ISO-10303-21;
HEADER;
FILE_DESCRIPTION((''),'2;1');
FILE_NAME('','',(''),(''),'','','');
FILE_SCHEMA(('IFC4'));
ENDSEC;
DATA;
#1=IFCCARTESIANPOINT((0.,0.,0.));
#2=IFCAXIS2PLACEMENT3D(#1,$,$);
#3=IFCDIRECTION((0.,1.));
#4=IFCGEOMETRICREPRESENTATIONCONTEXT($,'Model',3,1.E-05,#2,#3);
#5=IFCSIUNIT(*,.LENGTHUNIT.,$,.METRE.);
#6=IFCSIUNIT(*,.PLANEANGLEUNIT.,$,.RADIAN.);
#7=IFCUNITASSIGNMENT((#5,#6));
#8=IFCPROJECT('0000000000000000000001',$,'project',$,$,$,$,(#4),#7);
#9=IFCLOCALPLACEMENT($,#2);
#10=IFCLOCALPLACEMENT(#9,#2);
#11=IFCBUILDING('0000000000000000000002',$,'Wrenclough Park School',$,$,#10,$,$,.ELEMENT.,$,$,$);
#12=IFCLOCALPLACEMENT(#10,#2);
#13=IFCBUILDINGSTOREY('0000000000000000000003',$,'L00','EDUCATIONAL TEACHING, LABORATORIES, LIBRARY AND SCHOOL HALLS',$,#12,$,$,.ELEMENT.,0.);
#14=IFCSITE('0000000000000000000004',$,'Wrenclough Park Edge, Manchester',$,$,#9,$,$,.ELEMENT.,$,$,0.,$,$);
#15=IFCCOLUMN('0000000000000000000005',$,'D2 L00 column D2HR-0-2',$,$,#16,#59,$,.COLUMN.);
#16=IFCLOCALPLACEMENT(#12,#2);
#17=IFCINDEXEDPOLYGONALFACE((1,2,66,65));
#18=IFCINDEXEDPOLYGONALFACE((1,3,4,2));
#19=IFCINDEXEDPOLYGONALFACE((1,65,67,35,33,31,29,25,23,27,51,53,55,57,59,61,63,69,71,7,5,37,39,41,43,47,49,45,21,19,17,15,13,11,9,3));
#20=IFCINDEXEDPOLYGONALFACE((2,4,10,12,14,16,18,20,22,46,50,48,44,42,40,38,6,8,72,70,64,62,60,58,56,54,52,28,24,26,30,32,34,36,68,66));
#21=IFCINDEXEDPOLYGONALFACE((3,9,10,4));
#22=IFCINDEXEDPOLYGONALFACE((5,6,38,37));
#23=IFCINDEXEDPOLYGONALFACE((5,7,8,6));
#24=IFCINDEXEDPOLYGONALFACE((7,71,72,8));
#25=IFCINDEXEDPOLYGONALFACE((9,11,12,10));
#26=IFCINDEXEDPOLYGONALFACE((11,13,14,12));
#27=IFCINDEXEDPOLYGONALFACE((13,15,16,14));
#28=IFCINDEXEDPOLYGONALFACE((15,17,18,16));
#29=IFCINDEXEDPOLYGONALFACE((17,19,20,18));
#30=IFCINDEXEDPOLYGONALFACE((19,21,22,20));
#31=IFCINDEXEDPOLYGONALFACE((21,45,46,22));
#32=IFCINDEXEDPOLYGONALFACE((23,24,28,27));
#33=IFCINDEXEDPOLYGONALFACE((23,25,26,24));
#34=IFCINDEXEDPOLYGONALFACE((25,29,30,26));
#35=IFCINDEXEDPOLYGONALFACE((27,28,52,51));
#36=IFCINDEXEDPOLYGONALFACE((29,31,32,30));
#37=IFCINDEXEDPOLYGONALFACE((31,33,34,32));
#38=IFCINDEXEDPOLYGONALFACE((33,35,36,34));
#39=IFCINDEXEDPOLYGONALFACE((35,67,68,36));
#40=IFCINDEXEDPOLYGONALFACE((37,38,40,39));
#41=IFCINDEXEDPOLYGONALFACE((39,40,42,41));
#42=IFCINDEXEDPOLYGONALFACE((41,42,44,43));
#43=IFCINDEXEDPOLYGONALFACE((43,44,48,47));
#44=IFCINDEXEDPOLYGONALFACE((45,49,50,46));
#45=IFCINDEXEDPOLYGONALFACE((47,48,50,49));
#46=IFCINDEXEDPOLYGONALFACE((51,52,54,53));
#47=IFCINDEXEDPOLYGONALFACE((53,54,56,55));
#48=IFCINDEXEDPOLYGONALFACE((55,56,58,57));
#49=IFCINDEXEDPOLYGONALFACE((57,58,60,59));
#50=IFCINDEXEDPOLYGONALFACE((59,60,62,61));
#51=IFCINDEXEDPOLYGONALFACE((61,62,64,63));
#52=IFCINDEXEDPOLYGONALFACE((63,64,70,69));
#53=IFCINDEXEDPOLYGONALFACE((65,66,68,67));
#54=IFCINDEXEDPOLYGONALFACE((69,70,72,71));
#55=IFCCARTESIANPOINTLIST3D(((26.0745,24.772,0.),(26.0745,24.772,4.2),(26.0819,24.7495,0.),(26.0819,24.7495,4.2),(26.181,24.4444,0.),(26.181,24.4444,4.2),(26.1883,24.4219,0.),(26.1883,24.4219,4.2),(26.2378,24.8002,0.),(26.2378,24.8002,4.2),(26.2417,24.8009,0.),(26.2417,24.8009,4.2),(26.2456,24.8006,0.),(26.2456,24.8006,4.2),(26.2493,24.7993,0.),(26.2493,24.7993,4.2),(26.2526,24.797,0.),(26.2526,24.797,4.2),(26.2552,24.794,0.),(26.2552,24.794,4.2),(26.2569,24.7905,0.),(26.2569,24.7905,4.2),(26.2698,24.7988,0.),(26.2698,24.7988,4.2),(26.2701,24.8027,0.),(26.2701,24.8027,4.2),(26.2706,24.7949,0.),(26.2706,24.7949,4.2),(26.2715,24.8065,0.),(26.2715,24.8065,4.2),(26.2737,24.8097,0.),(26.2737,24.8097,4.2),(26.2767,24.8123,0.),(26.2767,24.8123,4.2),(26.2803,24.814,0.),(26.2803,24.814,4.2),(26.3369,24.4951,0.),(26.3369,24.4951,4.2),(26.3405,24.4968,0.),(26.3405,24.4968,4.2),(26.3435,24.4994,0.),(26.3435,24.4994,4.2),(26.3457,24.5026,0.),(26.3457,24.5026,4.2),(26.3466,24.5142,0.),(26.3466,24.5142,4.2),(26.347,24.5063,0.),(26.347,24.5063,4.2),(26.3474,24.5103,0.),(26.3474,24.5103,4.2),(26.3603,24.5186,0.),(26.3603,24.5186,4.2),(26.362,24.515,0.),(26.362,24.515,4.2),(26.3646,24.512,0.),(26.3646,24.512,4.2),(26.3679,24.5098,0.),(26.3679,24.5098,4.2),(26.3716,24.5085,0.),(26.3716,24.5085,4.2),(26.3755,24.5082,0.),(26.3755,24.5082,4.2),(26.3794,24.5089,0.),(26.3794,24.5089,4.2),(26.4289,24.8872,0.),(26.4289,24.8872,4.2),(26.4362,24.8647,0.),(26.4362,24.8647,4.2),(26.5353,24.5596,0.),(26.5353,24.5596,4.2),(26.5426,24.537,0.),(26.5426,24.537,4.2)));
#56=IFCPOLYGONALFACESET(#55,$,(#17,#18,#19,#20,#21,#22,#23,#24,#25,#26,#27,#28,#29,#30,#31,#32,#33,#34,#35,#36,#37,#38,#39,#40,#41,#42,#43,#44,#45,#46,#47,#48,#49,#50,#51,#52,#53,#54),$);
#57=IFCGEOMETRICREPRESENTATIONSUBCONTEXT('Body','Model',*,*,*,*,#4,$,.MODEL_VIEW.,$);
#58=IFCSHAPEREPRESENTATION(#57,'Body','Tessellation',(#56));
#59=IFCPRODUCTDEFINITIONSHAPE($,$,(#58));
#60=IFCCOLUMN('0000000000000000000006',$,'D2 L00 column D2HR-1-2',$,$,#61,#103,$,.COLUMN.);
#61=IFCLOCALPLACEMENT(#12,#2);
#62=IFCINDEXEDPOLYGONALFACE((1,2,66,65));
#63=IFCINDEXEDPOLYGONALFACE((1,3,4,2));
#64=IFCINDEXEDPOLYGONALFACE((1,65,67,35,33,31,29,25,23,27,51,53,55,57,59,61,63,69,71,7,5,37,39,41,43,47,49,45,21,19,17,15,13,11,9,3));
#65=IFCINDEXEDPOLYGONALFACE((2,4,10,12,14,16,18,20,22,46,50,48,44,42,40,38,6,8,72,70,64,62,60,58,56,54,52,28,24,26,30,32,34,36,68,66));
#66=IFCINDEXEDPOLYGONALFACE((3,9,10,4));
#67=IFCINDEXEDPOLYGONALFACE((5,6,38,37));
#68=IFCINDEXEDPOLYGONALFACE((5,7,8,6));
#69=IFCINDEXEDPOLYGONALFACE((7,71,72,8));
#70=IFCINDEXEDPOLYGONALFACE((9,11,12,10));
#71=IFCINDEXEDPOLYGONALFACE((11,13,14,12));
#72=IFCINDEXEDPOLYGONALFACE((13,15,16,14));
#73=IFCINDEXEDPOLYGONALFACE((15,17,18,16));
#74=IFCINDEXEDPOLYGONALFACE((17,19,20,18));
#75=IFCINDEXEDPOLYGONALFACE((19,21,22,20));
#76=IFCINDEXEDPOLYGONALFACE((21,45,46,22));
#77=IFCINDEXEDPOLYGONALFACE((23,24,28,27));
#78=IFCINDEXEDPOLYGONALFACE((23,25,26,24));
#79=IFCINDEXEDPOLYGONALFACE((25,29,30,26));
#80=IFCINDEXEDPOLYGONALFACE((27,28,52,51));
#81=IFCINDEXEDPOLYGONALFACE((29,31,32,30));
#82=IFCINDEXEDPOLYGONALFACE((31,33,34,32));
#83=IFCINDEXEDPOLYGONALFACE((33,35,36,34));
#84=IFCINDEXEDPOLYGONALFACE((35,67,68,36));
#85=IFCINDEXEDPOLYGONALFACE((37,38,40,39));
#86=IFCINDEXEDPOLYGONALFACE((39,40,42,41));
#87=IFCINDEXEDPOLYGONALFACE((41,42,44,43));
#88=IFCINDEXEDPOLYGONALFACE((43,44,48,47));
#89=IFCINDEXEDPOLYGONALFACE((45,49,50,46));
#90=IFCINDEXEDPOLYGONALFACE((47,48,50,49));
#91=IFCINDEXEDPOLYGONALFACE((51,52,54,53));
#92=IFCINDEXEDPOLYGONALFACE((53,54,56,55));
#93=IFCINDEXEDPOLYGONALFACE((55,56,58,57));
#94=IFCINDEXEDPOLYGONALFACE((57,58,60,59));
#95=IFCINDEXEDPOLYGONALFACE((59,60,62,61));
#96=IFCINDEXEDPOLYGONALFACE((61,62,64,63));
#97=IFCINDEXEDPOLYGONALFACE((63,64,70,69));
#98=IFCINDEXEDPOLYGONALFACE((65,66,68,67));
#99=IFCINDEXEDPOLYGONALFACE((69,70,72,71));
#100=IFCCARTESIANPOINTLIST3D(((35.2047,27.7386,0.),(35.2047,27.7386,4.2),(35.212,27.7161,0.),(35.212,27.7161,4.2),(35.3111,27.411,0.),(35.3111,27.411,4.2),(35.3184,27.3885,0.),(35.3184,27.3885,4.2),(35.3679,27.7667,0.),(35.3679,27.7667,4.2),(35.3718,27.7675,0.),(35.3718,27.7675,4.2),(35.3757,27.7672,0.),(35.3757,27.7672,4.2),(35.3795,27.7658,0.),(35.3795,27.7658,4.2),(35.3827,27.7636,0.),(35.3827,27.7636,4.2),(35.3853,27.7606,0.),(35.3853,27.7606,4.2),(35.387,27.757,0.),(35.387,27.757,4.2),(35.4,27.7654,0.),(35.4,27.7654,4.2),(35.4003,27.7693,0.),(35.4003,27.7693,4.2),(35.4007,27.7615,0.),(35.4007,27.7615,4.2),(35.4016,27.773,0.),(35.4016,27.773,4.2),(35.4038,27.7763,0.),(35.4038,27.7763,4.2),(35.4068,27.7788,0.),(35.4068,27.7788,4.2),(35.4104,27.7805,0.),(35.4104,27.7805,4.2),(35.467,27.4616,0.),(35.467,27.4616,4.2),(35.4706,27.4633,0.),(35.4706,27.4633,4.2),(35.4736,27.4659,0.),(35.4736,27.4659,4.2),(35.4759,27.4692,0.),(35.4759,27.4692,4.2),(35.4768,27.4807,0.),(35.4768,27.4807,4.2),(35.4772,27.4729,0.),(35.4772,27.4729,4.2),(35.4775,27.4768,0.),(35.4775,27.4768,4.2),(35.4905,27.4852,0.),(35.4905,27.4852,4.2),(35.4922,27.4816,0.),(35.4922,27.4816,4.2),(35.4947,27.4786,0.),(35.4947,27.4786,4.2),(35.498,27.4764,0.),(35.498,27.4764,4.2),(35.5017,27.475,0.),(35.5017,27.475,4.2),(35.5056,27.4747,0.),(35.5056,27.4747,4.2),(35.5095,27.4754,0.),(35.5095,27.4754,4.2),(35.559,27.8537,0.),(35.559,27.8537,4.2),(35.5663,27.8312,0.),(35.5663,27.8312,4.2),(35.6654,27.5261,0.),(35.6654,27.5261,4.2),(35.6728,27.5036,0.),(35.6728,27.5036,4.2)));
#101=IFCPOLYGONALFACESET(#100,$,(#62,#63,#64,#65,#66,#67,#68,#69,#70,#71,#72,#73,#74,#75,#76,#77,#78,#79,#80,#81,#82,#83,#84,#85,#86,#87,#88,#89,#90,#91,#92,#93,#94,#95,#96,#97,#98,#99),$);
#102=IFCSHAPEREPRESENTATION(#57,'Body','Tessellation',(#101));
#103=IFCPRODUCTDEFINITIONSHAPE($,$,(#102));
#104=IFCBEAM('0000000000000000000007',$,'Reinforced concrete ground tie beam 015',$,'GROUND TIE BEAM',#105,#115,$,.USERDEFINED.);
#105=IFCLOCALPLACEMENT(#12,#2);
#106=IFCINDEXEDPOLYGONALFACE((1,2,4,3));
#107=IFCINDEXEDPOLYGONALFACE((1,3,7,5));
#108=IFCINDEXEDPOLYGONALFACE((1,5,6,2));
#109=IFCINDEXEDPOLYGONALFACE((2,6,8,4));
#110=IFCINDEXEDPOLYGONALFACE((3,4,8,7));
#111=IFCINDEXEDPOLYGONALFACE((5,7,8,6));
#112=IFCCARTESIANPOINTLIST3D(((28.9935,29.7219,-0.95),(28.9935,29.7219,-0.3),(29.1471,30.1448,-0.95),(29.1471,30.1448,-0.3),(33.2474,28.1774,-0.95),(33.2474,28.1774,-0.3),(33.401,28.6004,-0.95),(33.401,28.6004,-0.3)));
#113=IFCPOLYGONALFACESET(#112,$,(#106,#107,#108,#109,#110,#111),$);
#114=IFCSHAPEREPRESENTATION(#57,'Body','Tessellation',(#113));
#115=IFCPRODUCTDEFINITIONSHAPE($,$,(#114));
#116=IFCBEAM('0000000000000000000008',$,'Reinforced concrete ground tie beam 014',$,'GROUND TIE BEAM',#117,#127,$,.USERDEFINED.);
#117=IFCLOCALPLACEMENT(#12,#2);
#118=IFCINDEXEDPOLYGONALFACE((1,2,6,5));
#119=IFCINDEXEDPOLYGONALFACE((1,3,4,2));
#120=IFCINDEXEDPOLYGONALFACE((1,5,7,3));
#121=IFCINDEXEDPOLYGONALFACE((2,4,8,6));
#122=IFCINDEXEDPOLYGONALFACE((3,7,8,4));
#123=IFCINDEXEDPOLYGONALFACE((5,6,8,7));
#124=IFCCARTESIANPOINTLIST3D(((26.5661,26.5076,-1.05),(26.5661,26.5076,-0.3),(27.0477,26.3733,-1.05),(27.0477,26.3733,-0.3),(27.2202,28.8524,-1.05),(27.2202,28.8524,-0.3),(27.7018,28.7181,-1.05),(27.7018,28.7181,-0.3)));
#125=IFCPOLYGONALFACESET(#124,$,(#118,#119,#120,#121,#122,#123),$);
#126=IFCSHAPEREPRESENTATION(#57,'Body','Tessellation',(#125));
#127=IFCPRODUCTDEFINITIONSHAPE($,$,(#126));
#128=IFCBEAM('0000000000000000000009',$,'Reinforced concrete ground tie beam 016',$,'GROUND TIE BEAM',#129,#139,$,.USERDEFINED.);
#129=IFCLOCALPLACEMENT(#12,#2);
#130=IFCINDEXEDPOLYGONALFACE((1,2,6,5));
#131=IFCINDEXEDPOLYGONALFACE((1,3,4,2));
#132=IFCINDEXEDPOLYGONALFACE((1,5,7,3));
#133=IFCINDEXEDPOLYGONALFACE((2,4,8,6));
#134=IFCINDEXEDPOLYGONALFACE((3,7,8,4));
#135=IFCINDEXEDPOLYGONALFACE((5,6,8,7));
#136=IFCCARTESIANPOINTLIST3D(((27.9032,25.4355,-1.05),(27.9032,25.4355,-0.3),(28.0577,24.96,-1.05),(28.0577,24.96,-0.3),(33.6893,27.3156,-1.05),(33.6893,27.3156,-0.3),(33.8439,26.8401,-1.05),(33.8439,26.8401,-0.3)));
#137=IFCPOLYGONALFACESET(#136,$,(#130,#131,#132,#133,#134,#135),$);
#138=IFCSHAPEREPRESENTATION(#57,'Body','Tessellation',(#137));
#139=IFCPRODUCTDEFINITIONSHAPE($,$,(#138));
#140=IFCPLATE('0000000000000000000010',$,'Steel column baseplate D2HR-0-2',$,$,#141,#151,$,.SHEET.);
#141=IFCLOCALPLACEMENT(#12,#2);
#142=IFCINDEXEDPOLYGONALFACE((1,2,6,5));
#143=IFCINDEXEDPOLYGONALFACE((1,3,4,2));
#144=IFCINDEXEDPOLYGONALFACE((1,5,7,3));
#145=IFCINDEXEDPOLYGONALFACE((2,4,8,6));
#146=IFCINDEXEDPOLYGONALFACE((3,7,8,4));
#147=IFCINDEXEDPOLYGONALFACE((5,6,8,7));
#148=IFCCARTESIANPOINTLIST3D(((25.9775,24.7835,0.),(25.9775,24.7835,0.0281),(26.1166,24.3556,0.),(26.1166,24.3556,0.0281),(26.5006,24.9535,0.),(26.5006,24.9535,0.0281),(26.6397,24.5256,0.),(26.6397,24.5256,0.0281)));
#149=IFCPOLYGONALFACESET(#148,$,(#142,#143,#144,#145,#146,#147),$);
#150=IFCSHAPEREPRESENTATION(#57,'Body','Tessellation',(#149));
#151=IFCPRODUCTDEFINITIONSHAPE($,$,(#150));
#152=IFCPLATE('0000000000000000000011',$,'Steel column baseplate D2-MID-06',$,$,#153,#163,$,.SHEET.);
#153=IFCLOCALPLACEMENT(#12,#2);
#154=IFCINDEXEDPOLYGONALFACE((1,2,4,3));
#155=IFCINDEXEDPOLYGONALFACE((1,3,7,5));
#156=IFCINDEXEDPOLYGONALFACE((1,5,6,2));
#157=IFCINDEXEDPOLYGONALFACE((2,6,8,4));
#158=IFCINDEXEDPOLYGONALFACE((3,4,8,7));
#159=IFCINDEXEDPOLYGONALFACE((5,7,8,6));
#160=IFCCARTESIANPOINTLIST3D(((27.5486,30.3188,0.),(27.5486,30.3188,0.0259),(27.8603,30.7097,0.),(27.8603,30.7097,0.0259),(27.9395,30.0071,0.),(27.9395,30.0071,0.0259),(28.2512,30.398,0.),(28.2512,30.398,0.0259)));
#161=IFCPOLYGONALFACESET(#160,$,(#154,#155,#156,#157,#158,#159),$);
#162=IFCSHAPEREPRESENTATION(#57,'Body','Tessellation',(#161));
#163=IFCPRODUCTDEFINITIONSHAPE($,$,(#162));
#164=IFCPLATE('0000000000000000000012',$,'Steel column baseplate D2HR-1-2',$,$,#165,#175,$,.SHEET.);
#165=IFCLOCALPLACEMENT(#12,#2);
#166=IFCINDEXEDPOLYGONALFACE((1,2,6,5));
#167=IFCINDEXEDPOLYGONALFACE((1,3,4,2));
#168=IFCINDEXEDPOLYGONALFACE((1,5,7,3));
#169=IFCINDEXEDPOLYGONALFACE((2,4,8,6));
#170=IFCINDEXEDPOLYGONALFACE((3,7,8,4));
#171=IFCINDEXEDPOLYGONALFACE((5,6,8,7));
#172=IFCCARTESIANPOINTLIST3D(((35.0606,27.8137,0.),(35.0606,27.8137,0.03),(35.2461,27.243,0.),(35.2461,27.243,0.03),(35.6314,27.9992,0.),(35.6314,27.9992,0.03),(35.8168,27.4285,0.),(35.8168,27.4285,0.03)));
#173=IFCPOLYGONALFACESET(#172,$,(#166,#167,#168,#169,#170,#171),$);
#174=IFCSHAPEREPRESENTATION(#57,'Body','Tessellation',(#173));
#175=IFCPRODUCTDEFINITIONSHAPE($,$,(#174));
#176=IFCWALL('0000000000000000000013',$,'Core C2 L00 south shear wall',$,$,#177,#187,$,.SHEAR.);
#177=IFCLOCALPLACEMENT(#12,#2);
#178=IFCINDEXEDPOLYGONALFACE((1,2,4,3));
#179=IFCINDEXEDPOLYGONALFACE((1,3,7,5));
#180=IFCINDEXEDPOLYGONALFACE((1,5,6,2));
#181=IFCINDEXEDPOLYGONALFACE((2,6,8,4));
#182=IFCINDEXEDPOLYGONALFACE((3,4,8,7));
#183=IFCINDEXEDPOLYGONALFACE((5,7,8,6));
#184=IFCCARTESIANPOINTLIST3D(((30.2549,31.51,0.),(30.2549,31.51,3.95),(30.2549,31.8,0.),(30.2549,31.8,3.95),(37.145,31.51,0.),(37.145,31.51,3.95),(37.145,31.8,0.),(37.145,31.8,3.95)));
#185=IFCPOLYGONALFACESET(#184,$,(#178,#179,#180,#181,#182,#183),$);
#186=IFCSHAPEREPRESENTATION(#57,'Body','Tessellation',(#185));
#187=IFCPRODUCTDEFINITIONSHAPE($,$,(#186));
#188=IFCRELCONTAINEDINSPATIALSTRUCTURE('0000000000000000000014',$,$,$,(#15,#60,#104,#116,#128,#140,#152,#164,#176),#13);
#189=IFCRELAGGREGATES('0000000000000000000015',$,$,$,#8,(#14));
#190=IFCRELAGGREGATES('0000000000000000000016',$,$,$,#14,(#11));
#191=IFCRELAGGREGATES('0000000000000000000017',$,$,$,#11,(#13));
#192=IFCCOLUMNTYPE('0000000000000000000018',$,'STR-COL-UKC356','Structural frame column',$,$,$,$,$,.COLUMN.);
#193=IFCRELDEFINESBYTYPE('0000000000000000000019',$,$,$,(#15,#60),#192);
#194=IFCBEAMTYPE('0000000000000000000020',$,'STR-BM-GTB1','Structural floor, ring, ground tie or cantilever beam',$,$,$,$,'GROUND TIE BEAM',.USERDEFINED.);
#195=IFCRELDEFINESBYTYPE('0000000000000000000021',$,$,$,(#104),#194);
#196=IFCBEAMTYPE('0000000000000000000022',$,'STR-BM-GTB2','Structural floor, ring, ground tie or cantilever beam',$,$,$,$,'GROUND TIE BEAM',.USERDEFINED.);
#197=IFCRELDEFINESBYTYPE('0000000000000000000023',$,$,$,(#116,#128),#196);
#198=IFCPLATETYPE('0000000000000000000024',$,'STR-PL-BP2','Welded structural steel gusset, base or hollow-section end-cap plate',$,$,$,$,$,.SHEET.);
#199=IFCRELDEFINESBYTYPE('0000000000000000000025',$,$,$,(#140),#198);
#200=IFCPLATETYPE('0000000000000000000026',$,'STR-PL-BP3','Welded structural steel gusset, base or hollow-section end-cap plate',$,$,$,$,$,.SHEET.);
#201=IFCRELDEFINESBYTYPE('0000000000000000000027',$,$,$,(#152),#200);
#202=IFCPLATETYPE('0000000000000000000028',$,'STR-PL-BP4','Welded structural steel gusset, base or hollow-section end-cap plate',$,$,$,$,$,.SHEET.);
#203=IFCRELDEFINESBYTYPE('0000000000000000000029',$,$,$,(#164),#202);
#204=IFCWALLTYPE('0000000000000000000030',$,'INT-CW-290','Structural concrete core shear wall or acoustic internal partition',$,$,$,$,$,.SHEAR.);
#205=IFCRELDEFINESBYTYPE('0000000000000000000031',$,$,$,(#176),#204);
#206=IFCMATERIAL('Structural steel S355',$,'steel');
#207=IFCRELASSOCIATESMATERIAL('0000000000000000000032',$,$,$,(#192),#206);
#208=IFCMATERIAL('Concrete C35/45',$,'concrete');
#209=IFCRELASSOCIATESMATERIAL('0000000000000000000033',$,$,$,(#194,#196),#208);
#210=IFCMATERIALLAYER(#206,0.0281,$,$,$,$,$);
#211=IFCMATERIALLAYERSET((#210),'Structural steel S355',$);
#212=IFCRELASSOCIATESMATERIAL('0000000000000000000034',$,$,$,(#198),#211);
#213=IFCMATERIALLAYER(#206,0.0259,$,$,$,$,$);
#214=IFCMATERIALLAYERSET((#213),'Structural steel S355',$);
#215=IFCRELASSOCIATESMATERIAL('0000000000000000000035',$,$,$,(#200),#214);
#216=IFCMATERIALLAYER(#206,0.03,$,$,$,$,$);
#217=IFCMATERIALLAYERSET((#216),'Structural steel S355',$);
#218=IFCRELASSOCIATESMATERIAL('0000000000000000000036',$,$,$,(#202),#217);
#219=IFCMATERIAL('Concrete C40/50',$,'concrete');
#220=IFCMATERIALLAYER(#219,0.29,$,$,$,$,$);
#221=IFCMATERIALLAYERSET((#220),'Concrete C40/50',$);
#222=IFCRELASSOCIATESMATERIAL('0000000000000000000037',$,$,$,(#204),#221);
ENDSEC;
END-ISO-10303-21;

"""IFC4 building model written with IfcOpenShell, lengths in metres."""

from ifc_helpers import new_model, si_unit, direction, frame, frame_2d, origin, origin_2d, place, context, subcontext, project, spatial, rectangle, i_section, extrude, material, layer, layer_set, material_profile, profile_set, type_object, element, save


model = new_model("IFC4")

# Units and contexts
model_context = context("Model", 3, precision=1e-05, world=origin(), true_north=direction((0.0, 1.0)))
body_context = subcontext(model_context, "Body", "Model", "MODEL_VIEW")
ifc_project = project(units=[si_unit("LENGTHUNIT", "METRE"), si_unit("PLANEANGLEUNIT", "RADIAN")], contexts=[model_context])

# Site, building, storey
site_placement = place(None, origin())
site = spatial("IfcSite", under=ifc_project, at=site_placement, Name="Wrenclough Park Edge, Manchester", CompositionType="ELEMENT", RefElevation=0.0)
building_placement = place(site_placement, origin())
building = spatial("IfcBuilding", under=site, at=building_placement, Name="Wrenclough Park School", CompositionType="ELEMENT")
storey_placement = place(building_placement, origin())
storey = spatial("IfcBuildingStorey", under=building, at=storey_placement, Name="L00", Description="EDUCATIONAL TEACHING, LABORATORIES, LIBRARY AND SCHOOL HALLS", CompositionType="ELEMENT", Elevation=0.0)

# Shared definitions
ifc_material_1 = material(Name="Concrete C35/45", Category="concrete")

# Columns
ifc_material_2 = material(Name="Structural steel S355", Category="steel")
ifc_material_profile_1 = material_profile(ifc_material_2, i_section(OverallWidth=0.3726, OverallDepth=0.3682, WebThickness=0.0144, FlangeThickness=0.0237, FilletRadius=0.0151, at=origin_2d()), Name="UKC 356x368x177")
ifc_profile_set_1 = profile_set([ifc_material_profile_1], Name="Structural steel S355")
column_type_1 = type_object("IfcColumnType", Name="STR-COL-UKC356", Description="Structural frame column", PredefinedType="COLUMN", material=ifc_profile_set_1)
for number, where, z_axis, x_axis, name in (
    (1, (26.3086, 24.6545, 0.0), (0.0, 0.0, 1.0), (0.951057, 0.309017, 0.0), "D2 L00 column D2HR-0-2"),
    (2, (35.4387, 27.6211, 0.0), (0.0, 0.0, 1.0), (0.951057, 0.309017, 0.0), "D2 L00 column D2HR-1-2"),
):
    element("IfcColumn", number, at=place(storey_placement, frame(where, z_axis=z_axis, x_axis=x_axis)), inside=storey, type_object=column_type_1, Name=name, PredefinedType="COLUMN", context=body_context, shape_type="SweptSolid", body=[
        extrude(i_section(OverallWidth=0.3726, OverallDepth=0.3682, WebThickness=0.0144, FlangeThickness=0.0237, FilletRadius=0.0151, at=origin_2d()), origin(), (0.0, 0.0, 1.0), 4.2),
    ])

# Beams
ifc_material_profile_2 = material_profile(ifc_material_1, rectangle(XDim=0.45, YDim=0.6499, at=origin_2d()), Name="RC GROUND 450x650")
ifc_profile_set_2 = profile_set([ifc_material_profile_2], Name="Concrete C35/45")
beam_type_1 = type_object("IfcBeamType", Name="STR-BM-GTB1", Description="Structural floor, ring, ground tie or cantilever beam", ElementType="GROUND TIE BEAM", PredefinedType="USERDEFINED", material=ifc_profile_set_2)
beam_1_placement = place(storey_placement, frame((33.3242, 28.3889, -0.625), z_axis=(-0.939967, 0.341267, 0.0), x_axis=(-0.341267, -0.939967, 0.0)))
element("IfcBeam", 3, at=beam_1_placement, inside=storey, type_object=beam_type_1, Name="Reinforced concrete ground tie beam 015", ObjectType="GROUND TIE BEAM", PredefinedType="USERDEFINED", context=body_context, shape_type="SweptSolid", body=[
    extrude(rectangle(XDim=0.45, YDim=0.6499, at=origin_2d()), origin(), (0.0, 0.0, 1.0), 4.5256),
])
ifc_material_profile_3 = material_profile(ifc_material_1, rectangle(XDim=0.5, YDim=0.75, at=origin_2d()), Name="RC GROUND 500x750")
ifc_profile_set_3 = profile_set([ifc_material_profile_3], Name="Concrete C35/45")
beam_type_2 = type_object("IfcBeamType", Name="STR-BM-GTB2", Description="Structural floor, ring, ground tie or cantilever beam", ElementType="GROUND TIE BEAM", PredefinedType="USERDEFINED", material=ifc_profile_set_3)
beam_2_placement = place(storey_placement, frame((26.8069, 26.4404, -0.675), z_axis=(0.268689, 0.963227, 0.0), x_axis=(-0.963227, 0.268689, 0.0)))
element("IfcBeam", 4, at=beam_2_placement, inside=storey, type_object=beam_type_2, Name="Reinforced concrete ground tie beam 014", ObjectType="GROUND TIE BEAM", PredefinedType="USERDEFINED", context=body_context, shape_type="SweptSolid", body=[
    extrude(rectangle(XDim=0.5, YDim=0.75, at=origin_2d()), origin(), (0.0, 0.0, 1.0), 2.4343),
])
beam_3_placement = place(storey_placement, frame((33.7666, 27.0779, -0.675), z_axis=(-0.951052, -0.309032, 0.0), x_axis=(0.309032, -0.951052, 0.0)))
element("IfcBeam", 5, at=beam_3_placement, inside=storey, type_object=beam_type_2, Name="Reinforced concrete ground tie beam 016", ObjectType="GROUND TIE BEAM", PredefinedType="USERDEFINED", context=body_context, shape_type="SweptSolid", body=[
    extrude(rectangle(XDim=0.5, YDim=0.75, at=origin_2d()), origin(), (0.0, 0.0, 1.0), 6.084),
])

# Plates
ifc_layer_1 = layer(ifc_material_2, 0.0281)
ifc_layer_set_1 = layer_set([ifc_layer_1], Name="Structural steel S355")
plate_type_1 = type_object("IfcPlateType", Name="STR-PL-BP2", Description="Welded structural steel gusset, base or hollow-section end-cap plate", PredefinedType="SHEET", material=ifc_layer_set_1)
plate_1_placement = place(storey_placement, frame((26.3086, 24.6545, 0.0), z_axis=(0.0, 0.0, 1.0), x_axis=(0.951057, 0.309017, 0.0)))
element("IfcPlate", 6, at=plate_1_placement, inside=storey, type_object=plate_type_1, Name="Steel column baseplate D2HR-0-2", PredefinedType="SHEET", context=body_context, shape_type="SweptSolid", body=[
    extrude(rectangle(XDim=0.55, YDim=0.45, at=origin_2d()), origin(), (0.0, 0.0, 1.0), 0.0281),
])
ifc_layer_2 = layer(ifc_material_2, 0.0259)
ifc_layer_set_2 = layer_set([ifc_layer_2], Name="Structural steel S355")
plate_type_2 = type_object("IfcPlateType", Name="STR-PL-BP3", Description="Welded structural steel gusset, base or hollow-section end-cap plate", PredefinedType="SHEET", material=ifc_layer_set_2)
plate_2_placement = place(storey_placement, frame((27.8999, 30.3584, 0.0), z_axis=(0.0, 0.0, 1.0), x_axis=(-0.62347, -0.781847, 0.0)))
element("IfcPlate", 7, at=plate_2_placement, inside=storey, type_object=plate_type_2, Name="Steel column baseplate D2-MID-06", PredefinedType="SHEET", context=body_context, shape_type="SweptSolid", body=[
    extrude(rectangle(XDim=0.5, YDim=0.5, at=origin_2d()), origin(), (0.0, 0.0, 1.0), 0.0259),
])
ifc_layer_3 = layer(ifc_material_2, 0.03)
ifc_layer_set_3 = layer_set([ifc_layer_3], Name="Structural steel S355")
plate_type_3 = type_object("IfcPlateType", Name="STR-PL-BP4", Description="Welded structural steel gusset, base or hollow-section end-cap plate", PredefinedType="SHEET", material=ifc_layer_set_3)
plate_3_placement = place(storey_placement, frame((35.4387, 27.6211, 0.0), z_axis=(0.0, 0.0, 1.0), x_axis=(0.951057, 0.309017, 0.0)))
element("IfcPlate", 8, at=plate_3_placement, inside=storey, type_object=plate_type_3, Name="Steel column baseplate D2HR-1-2", PredefinedType="SHEET", context=body_context, shape_type="SweptSolid", body=[
    extrude(rectangle(XDim=0.6001, YDim=0.6001, at=origin_2d()), origin(), (0.0, 0.0, 1.0), 0.03),
])

# Wall
ifc_material_3 = material(Name="Concrete C40/50", Category="concrete")
ifc_layer_4 = layer(ifc_material_3, 0.29)
ifc_layer_set_4 = layer_set([ifc_layer_4], Name="Concrete C40/50")
wall_type_1 = type_object("IfcWallType", Name="INT-CW-290", Description="Structural concrete core shear wall or acoustic internal partition", PredefinedType="SHEAR", material=ifc_layer_set_4)
wall_1_placement = place(storey_placement, frame((30.2549, 31.655, 0.0), z_axis=(0.0, 0.0, 1.0), x_axis=(1.0, 0.0, 0.0)))
element("IfcWall", 9, at=wall_1_placement, inside=storey, type_object=wall_type_1, Name="Core C2 L00 south shear wall", PredefinedType="SHEAR", context=body_context, shape_type="SweptSolid", body=[
    extrude(rectangle(XDim=6.8901, YDim=0.29, at=frame_2d((3.4451, 0.0))), origin(), (0.0, 0.0, 1.0), 3.95),
])

save(model, "model.ifc")
